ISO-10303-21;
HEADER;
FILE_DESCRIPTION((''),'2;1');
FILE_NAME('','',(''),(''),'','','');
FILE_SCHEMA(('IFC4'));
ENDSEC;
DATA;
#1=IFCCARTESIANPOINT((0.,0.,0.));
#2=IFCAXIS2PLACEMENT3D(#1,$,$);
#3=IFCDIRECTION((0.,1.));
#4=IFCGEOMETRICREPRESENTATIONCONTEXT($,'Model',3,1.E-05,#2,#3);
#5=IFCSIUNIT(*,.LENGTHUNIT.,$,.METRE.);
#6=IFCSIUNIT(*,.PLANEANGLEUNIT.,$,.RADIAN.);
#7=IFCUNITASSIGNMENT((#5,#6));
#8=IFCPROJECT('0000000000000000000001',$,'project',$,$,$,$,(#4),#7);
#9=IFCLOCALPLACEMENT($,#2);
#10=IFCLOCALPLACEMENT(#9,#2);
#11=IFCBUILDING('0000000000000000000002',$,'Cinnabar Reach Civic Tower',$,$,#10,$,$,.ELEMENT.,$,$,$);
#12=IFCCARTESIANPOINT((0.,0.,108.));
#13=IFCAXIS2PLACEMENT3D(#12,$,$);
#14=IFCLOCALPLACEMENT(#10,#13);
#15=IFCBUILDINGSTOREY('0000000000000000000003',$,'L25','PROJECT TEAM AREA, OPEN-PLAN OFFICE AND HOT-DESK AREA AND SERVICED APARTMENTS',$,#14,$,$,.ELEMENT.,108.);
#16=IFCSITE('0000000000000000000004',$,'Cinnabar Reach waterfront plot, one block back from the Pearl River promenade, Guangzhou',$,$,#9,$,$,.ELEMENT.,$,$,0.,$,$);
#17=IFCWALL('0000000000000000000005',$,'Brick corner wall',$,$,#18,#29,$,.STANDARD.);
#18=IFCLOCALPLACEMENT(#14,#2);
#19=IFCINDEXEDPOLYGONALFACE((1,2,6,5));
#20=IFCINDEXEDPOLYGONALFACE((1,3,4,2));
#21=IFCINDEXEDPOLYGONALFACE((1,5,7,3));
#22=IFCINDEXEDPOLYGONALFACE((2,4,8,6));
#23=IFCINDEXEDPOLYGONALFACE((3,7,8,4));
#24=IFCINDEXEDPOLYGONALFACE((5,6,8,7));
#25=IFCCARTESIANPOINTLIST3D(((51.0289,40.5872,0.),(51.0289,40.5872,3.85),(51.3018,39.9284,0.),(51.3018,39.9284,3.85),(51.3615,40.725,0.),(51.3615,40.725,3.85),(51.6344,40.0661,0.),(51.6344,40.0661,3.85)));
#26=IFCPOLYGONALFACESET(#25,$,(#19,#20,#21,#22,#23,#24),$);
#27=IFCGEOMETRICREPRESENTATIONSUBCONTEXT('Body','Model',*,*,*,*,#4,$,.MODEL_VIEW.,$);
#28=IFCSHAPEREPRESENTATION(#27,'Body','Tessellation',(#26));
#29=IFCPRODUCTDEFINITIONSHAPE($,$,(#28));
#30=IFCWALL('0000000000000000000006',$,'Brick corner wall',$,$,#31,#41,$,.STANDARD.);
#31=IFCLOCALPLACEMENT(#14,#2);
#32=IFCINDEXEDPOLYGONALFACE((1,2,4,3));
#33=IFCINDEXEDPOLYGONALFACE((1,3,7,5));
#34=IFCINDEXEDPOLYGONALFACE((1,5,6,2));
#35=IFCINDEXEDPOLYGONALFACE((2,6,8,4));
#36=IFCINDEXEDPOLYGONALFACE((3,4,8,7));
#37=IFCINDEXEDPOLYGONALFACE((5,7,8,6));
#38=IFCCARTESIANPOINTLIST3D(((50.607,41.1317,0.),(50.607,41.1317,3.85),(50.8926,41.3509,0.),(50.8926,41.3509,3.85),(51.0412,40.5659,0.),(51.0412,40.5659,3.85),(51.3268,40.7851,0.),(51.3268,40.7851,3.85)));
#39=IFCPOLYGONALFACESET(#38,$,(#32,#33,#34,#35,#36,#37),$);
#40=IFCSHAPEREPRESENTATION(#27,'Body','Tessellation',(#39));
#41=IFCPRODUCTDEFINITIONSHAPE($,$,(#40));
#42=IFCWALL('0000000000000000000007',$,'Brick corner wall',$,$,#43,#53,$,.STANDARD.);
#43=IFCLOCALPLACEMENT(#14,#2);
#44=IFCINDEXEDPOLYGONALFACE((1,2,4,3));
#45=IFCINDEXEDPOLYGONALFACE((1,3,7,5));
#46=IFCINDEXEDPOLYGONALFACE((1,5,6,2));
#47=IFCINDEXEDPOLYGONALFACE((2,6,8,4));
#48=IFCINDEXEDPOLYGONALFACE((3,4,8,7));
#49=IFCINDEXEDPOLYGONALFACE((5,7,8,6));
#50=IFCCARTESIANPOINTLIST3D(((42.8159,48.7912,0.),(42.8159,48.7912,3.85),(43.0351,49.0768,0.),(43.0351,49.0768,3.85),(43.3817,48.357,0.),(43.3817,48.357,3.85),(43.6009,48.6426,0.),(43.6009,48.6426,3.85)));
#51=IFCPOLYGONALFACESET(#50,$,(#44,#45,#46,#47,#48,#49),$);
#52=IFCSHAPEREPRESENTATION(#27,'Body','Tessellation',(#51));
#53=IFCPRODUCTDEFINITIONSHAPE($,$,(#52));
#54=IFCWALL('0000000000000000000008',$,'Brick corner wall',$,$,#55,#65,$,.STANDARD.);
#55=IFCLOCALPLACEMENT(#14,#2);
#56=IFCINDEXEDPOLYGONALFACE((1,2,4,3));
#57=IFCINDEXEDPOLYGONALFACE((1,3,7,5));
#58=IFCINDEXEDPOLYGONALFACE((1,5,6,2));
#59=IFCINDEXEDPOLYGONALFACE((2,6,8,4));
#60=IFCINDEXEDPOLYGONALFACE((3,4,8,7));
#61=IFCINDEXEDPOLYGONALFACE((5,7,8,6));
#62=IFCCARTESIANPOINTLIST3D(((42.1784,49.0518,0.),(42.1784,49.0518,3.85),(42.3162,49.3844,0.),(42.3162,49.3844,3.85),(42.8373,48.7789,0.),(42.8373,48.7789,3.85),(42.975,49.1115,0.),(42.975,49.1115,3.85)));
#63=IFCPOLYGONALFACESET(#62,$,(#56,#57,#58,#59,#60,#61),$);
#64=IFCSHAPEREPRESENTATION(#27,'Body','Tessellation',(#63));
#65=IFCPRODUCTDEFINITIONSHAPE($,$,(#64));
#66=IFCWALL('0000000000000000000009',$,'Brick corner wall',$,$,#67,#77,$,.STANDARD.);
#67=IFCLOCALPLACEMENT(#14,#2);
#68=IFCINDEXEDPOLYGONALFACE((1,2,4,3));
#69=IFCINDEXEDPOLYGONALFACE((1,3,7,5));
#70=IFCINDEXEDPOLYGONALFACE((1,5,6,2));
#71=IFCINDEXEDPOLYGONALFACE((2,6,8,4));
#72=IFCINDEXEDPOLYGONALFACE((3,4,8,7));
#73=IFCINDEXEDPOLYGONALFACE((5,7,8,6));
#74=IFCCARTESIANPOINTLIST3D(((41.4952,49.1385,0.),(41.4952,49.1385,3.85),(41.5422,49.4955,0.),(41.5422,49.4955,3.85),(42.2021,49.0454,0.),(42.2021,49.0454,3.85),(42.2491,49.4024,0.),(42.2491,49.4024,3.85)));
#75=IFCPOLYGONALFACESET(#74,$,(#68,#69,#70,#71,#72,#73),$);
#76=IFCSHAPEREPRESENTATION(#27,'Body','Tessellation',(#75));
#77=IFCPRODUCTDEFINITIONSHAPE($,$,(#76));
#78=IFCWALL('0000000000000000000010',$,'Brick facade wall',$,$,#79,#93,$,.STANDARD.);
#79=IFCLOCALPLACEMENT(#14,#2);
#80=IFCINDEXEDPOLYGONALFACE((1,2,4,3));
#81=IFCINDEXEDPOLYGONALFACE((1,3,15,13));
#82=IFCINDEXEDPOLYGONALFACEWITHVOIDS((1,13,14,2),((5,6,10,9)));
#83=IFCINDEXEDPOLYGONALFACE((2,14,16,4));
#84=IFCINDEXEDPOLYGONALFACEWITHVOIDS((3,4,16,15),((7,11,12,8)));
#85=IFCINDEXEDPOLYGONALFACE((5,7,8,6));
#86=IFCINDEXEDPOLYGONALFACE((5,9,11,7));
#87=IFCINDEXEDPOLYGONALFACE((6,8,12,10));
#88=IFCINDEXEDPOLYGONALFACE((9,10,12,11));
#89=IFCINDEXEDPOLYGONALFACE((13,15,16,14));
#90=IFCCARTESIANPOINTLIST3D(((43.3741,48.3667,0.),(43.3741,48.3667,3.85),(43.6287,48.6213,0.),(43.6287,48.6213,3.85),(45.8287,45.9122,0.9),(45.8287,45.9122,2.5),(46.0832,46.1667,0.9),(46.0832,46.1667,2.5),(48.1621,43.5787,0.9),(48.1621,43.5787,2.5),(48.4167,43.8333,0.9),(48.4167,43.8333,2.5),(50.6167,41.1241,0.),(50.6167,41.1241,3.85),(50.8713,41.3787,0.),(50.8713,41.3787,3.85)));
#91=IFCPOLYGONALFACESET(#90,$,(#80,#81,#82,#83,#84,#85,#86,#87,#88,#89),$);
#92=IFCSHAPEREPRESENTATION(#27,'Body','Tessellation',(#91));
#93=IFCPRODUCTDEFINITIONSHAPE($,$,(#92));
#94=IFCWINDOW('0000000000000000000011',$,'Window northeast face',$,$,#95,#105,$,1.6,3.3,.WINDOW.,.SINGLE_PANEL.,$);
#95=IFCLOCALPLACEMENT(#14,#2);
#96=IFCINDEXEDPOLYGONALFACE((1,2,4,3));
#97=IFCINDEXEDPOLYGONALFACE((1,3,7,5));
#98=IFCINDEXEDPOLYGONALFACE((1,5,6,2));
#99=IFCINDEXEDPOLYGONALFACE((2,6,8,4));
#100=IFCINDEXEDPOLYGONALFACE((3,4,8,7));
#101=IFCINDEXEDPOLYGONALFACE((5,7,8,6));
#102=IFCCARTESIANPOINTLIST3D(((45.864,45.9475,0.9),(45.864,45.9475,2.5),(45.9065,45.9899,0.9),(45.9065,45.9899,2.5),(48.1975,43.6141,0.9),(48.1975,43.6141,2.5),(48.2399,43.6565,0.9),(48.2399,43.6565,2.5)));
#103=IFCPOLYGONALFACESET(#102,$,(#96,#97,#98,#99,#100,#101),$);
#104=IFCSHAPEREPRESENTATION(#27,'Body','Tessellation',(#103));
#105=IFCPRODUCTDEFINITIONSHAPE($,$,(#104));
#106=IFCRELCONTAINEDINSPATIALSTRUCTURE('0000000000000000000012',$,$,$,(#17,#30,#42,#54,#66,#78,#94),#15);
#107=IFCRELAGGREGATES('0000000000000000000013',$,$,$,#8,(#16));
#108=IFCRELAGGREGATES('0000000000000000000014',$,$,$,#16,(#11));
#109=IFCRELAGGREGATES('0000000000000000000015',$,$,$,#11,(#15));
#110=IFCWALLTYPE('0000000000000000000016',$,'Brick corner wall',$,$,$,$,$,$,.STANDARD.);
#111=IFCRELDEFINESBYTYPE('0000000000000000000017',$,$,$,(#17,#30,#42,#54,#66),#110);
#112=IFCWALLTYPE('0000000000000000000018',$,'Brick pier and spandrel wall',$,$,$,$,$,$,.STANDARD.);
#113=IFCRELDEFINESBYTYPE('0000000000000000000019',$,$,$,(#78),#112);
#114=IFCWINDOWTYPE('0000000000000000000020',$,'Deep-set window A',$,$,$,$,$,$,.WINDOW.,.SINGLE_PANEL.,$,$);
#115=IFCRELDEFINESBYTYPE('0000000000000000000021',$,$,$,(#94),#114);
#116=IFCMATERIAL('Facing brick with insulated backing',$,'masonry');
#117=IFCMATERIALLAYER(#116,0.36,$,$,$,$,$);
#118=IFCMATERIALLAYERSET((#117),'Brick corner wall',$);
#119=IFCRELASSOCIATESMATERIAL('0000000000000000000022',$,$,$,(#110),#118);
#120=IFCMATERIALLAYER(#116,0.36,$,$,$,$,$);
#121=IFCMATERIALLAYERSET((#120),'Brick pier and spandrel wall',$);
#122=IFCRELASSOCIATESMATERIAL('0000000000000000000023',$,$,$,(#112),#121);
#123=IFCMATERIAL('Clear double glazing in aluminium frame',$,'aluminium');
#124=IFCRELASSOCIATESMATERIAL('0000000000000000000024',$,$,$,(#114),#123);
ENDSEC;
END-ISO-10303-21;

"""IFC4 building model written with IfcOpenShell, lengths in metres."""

from ifc_helpers import new_model, si_unit, direction, frame, frame_2d, origin, place, context, subcontext, project, spatial, rectangle, extrude, material, layer, layer_set, type_object, element, fill, save


model = new_model("IFC4")

# Units and contexts
model_context = context("Model", 3, precision=1e-05, world=origin(), true_north=direction((0.0, 1.0)))
body_context = subcontext(model_context, "Body", "Model", "MODEL_VIEW")
ifc_project = project(units=[si_unit("LENGTHUNIT", "METRE"), si_unit("PLANEANGLEUNIT", "RADIAN")], contexts=[model_context])

# Site, building, storey
site_placement = place(None, origin())
site = spatial("IfcSite", under=ifc_project, at=site_placement, Name="Cinnabar Reach waterfront plot, one block back from the Pearl River promenade, Guangzhou", CompositionType="ELEMENT", RefElevation=0.0)
building_placement = place(site_placement, origin())
building = spatial("IfcBuilding", under=site, at=building_placement, Name="Cinnabar Reach Civic Tower", CompositionType="ELEMENT")
storey_placement = place(building_placement, frame((0.0, 0.0, 108.0)))
storey = spatial("IfcBuildingStorey", under=building, at=storey_placement, Name="L25", Description="PROJECT TEAM AREA, OPEN-PLAN OFFICE AND HOT-DESK AREA AND SERVICED APARTMENTS", CompositionType="ELEMENT", Elevation=108.0)

# Walls
ifc_material_1 = material(Name="Facing brick with insulated backing", Category="masonry")
ifc_layer_1 = layer(ifc_material_1, 0.36)
ifc_layer_set_1 = layer_set([ifc_layer_1], Name="Brick corner wall")
wall_type_1 = type_object("IfcWallType", Name="Brick corner wall", PredefinedType="STANDARD", material=ifc_layer_set_1)
wall_1_placement = place(storey_placement, frame((51.4681, 39.9973, 0.0), z_axis=(0.0, 0.0, 1.0), x_axis=(-0.382703, 0.923872, 0.0)))
element("IfcWall", 1, at=wall_1_placement, inside=storey, type_object=wall_type_1, Name="Brick corner wall", PredefinedType="STANDARD", context=body_context, shape_type="SweptSolid", body=[
    extrude(rectangle(XDim=0.7131, YDim=0.36, at=frame_2d((0.3565, 0.0))), origin(), (0.0, 0.0, 1.0), 3.85),
])
for number, where, z_axis, x_axis, name in (
    (2, (51.184, 40.6755, 0.0), (0.0, 0.0, 1.0), (-0.608802, 0.793322, 0.0), "Brick corner wall"),
    (3, (43.4913, 48.4998, 0.0), (0.0, 0.0, 1.0), (-0.793322, 0.608802, 0.0), "Brick corner wall"),
):
    element("IfcWall", number, at=place(storey_placement, frame(where, z_axis=z_axis, x_axis=x_axis)), inside=storey, type_object=wall_type_1, Name=name, PredefinedType="STANDARD", context=body_context, shape_type="SweptSolid", body=[
        extrude(rectangle(XDim=0.7132, YDim=0.36, at=frame_2d((0.3566, 0.0))), origin(), (0.0, 0.0, 1.0), 3.85),
    ])
for number, where, z_axis, x_axis, name in (
    (4, (42.9061, 48.9452, 0.0), (0.0, 0.0, 1.0), (-0.923872, 0.382703, 0.0), "Brick corner wall"),
    (5, (42.2256, 49.2239, 0.0), (0.0, 0.0, 1.0), (-0.991441, 0.130556, 0.0), "Brick corner wall"),
):
    element("IfcWall", number, at=place(storey_placement, frame(where, z_axis=z_axis, x_axis=x_axis)), inside=storey, type_object=wall_type_1, Name=name, PredefinedType="STANDARD", context=body_context, shape_type="SweptSolid", body=[
        extrude(rectangle(XDim=0.7131, YDim=0.36, at=frame_2d((0.3565, 0.0))), origin(), (0.0, 0.0, 1.0), 3.85),
    ])

# Wall, opening, window
ifc_layer_2 = layer(ifc_material_1, 0.36)
ifc_layer_set_2 = layer_set([ifc_layer_2], Name="Brick pier and spandrel wall")
wall_type_2 = type_object("IfcWallType", Name="Brick pier and spandrel wall", PredefinedType="STANDARD", material=ifc_layer_set_2)
wall_2_placement = place(storey_placement, frame((50.744, 41.2514, 0.0), z_axis=(0.0, 0.0, 1.0), x_axis=(-0.707107, 0.707107, 0.0)))
wall_2 = element("IfcWall", 6, at=wall_2_placement, inside=storey, type_object=wall_type_2, Name="Brick facade wall", PredefinedType="STANDARD", context=body_context, shape_type="SweptSolid", body=[
    extrude(rectangle(XDim=10.2426, YDim=0.36, at=frame_2d((5.1213, 0.0))), origin(), (0.0, 0.0, 1.0), 3.85),
])
opening_1_placement = place(wall_2_placement, frame((3.4713, 0.0, 0.9)))
opening_1 = element("IfcOpeningElement", 7, at=opening_1_placement, cuts=wall_2, PredefinedType="OPENING", context=body_context, shape_type="SweptSolid", body=[
    extrude(rectangle(XDim=3.3, YDim=1.6, at=frame_2d((1.65, 0.8))), frame((0.0, 0.19, 0.0), z_axis=(0.0, -1.0, 0.0), x_axis=(1.0, 0.0, 0.0)), (0.0, 0.0, 1.0), 0.38),
])
ifc_material_2 = material(Name="Clear double glazing in aluminium frame", Category="aluminium")
window_type_1 = type_object("IfcWindowType", Name="Deep-set window A", PartitioningType="SINGLE_PANEL", PredefinedType="WINDOW", material=ifc_material_2)
window_1_placement = place(opening_1_placement, origin())
window_1 = element("IfcWindow", 8, at=window_1_placement, inside=storey, type_object=window_type_1, Name="Window northeast face", OverallHeight=1.6, OverallWidth=3.3, PartitioningType="SINGLE_PANEL", PredefinedType="WINDOW", context=body_context, shape_type="SweptSolid", body=[
    extrude(rectangle(XDim=3.3, YDim=1.6, at=frame_2d((1.65, 0.8))), frame((0.0, 0.13, 0.0), z_axis=(0.0, -1.0, 0.0), x_axis=(1.0, 0.0, 0.0)), (0.0, 0.0, 1.0), 0.06),
])
fill(opening_1, window_1)

save(model, "model.ifc")
